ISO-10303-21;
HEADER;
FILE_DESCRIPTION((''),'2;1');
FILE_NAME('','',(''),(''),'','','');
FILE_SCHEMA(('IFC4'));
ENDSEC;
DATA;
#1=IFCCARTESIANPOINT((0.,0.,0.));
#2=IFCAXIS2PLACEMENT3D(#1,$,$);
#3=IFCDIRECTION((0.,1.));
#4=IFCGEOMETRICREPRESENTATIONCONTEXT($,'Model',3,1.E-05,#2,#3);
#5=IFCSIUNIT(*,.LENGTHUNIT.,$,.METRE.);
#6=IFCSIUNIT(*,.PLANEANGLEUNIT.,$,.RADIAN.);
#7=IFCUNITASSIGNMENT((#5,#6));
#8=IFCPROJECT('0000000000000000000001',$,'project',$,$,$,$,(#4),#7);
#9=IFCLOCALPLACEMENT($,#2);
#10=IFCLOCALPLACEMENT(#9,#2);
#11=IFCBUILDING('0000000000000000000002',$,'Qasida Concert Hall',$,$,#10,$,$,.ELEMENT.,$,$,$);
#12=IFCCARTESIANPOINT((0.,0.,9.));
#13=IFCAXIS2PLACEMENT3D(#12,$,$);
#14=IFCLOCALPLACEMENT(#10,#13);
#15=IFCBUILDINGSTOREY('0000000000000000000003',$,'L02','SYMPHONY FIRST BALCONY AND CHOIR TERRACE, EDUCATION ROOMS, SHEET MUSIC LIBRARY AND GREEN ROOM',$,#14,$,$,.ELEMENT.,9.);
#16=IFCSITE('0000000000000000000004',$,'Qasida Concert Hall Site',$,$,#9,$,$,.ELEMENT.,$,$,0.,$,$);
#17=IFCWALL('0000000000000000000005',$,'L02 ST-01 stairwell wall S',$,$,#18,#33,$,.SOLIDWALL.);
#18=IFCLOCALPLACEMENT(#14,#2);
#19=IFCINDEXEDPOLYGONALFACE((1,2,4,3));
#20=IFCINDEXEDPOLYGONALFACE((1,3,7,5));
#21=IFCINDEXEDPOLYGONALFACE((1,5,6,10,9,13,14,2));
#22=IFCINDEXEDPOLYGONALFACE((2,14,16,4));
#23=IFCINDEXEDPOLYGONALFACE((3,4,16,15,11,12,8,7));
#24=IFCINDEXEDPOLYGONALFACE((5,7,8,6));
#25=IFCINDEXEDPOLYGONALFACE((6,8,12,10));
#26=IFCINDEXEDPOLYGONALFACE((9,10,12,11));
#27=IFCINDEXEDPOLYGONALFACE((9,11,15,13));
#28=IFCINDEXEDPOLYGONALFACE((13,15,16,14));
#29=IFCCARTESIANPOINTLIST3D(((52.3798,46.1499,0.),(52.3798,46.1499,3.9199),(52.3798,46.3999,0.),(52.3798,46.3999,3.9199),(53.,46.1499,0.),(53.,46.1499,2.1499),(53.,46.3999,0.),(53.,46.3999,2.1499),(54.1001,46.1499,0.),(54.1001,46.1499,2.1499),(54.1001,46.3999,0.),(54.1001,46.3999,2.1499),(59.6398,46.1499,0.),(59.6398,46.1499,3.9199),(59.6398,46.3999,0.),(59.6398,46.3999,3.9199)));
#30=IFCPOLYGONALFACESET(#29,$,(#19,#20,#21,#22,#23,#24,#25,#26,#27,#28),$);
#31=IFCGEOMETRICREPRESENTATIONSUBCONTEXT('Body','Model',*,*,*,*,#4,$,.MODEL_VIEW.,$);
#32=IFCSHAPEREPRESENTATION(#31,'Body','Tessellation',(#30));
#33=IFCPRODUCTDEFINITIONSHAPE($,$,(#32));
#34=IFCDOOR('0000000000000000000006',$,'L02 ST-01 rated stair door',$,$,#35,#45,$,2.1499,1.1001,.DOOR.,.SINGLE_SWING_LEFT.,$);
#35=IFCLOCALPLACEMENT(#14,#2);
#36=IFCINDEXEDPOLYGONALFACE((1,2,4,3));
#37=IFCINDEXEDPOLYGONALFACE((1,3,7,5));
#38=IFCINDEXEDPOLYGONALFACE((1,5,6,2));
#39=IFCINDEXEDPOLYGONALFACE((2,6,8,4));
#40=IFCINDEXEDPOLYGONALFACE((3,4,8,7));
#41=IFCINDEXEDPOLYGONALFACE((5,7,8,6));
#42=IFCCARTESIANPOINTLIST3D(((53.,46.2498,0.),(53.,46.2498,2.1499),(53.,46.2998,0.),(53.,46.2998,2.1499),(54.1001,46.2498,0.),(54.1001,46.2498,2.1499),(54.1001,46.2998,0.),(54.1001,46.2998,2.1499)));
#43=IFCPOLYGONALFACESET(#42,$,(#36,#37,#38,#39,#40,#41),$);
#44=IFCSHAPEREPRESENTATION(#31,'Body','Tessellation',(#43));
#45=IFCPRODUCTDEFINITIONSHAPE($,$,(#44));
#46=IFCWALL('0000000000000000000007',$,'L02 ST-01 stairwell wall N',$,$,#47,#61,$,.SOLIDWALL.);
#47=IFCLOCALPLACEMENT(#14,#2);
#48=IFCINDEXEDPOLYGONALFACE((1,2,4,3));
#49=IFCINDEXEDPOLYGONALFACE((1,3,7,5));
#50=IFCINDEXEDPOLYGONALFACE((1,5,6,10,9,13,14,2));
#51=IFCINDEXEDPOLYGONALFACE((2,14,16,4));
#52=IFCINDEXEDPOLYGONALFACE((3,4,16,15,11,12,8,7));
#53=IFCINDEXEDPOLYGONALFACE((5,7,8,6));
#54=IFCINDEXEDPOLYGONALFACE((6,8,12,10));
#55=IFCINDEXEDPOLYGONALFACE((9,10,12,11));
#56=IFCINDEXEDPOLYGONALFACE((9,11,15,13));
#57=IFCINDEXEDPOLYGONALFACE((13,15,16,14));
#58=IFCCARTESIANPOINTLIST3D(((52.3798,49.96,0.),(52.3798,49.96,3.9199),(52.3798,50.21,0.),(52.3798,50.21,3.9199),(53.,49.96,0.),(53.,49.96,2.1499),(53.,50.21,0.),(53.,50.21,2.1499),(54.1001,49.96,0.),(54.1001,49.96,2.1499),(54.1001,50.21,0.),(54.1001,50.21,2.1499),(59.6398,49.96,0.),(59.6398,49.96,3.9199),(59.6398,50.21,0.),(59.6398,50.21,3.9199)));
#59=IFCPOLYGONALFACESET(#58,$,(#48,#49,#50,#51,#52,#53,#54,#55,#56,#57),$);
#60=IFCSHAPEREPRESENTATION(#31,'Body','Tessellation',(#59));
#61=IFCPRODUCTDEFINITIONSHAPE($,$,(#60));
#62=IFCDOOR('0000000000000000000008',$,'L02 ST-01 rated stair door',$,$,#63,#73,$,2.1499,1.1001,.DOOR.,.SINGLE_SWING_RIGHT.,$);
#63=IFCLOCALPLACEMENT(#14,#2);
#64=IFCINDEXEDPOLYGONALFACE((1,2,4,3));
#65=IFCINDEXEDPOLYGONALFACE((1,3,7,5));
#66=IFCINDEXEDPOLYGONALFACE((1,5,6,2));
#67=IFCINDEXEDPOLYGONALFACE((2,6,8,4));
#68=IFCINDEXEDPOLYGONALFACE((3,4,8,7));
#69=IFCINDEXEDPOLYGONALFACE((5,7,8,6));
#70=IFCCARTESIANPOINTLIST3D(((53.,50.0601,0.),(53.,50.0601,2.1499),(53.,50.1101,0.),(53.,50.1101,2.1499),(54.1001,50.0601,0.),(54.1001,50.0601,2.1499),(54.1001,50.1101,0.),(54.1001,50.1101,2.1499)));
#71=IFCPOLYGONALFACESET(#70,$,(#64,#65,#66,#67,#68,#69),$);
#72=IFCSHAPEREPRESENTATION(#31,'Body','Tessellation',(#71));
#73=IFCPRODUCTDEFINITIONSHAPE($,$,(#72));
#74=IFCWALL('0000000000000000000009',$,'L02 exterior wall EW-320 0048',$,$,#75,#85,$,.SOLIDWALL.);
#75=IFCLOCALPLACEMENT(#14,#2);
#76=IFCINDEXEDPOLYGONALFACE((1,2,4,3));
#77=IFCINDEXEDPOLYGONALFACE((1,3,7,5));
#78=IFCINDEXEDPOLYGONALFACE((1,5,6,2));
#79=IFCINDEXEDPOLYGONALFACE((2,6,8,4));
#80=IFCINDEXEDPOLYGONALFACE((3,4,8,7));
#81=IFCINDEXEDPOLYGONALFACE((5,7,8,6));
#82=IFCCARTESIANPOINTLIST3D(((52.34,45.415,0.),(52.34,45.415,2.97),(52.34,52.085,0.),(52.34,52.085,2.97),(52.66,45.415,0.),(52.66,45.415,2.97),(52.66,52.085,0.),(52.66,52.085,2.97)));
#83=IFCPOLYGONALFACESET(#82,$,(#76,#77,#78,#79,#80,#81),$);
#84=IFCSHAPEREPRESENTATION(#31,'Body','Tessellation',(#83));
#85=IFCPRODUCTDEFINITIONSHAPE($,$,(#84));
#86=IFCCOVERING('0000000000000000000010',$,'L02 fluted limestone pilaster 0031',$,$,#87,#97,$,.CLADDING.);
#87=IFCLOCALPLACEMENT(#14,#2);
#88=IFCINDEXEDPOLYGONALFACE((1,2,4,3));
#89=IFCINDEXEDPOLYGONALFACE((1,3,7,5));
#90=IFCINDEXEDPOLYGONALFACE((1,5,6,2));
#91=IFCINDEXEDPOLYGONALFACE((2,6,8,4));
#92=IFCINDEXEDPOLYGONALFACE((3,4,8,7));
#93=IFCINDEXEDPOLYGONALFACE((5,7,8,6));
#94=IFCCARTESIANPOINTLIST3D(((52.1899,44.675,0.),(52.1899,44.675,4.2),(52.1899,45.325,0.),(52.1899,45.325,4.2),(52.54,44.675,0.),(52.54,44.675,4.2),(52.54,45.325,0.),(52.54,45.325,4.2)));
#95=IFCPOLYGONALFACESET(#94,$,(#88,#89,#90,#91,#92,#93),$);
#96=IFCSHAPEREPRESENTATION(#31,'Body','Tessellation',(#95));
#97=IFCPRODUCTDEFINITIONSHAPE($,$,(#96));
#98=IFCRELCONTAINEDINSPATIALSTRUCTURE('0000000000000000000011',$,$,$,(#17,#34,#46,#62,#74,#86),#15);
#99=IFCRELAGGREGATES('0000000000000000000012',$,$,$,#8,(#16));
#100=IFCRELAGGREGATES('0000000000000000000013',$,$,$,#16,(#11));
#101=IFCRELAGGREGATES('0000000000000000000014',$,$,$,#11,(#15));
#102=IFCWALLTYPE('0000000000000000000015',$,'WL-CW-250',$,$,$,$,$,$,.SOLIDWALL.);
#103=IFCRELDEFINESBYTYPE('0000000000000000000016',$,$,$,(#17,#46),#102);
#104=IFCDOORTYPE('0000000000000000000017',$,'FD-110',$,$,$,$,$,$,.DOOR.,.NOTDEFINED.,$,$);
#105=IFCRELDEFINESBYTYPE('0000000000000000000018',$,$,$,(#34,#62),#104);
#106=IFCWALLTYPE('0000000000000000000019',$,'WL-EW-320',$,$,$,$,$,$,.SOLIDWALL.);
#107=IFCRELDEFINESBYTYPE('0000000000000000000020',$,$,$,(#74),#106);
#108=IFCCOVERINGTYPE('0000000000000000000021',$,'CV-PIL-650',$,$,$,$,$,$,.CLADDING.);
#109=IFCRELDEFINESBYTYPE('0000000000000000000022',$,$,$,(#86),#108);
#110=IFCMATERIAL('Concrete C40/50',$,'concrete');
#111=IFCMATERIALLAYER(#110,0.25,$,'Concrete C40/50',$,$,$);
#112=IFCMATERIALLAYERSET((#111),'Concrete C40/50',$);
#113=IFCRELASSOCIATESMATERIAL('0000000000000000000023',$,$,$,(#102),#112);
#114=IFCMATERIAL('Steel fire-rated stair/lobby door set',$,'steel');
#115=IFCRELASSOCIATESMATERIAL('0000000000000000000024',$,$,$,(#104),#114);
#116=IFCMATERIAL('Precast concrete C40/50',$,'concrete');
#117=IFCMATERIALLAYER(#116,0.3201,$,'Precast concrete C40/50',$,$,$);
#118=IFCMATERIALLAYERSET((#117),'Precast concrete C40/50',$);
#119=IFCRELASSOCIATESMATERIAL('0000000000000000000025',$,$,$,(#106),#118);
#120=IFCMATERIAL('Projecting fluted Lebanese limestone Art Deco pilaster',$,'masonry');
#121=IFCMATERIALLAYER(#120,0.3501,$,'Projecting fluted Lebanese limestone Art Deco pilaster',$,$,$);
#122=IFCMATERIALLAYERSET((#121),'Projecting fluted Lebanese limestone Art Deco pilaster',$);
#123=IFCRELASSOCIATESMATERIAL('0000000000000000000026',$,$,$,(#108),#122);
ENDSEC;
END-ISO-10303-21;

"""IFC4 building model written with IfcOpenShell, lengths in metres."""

from ifc_helpers import new_model, si_unit, direction, frame, frame_2d, origin, origin_2d, place, context, subcontext, project, spatial, rectangle, extrude, material, layer, layer_set, type_object, element, fill, save


model = new_model("IFC4")

# Units and contexts
model_context = context("Model", 3, precision=1e-05, world=origin(), true_north=direction((0.0, 1.0)))
body_context = subcontext(model_context, "Body", "Model", "MODEL_VIEW")
ifc_project = project(units=[si_unit("LENGTHUNIT", "METRE"), si_unit("PLANEANGLEUNIT", "RADIAN")], contexts=[model_context])

# Site, building, storey
site_placement = place(None, origin())
site = spatial("IfcSite", under=ifc_project, at=site_placement, Name="Qasida Concert Hall Site", CompositionType="ELEMENT", RefElevation=0.0)
building_placement = place(site_placement, origin())
building = spatial("IfcBuilding", under=site, at=building_placement, Name="Qasida Concert Hall", CompositionType="ELEMENT")
storey_placement = place(building_placement, frame((0.0, 0.0, 9.0)))
storey = spatial("IfcBuildingStorey", under=building, at=storey_placement, Name="L02", Description="SYMPHONY FIRST BALCONY AND CHOIR TERRACE, EDUCATION ROOMS, SHEET MUSIC LIBRARY AND GREEN ROOM", CompositionType="ELEMENT", Elevation=9.0)

# Shared definitions
ifc_material_1 = material(Name="Concrete C40/50", Category="concrete")

# Walls, openings, doors
ifc_layer_1 = layer(ifc_material_1, 0.25, Name="Concrete C40/50")
ifc_layer_set_1 = layer_set([ifc_layer_1], Name="Concrete C40/50")
wall_type_1 = type_object("IfcWallType", Name="WL-CW-250", PredefinedType="SOLIDWALL", material=ifc_layer_set_1)
wall_1_placement = place(storey_placement, frame((52.3799, 46.2749, 0.0), z_axis=(0.0, 0.0, 1.0), x_axis=(1.0, 0.0, 0.0)))
wall_1 = element("IfcWall", 1, at=wall_1_placement, inside=storey, type_object=wall_type_1, Name="L02 ST-01 stairwell wall S", PredefinedType="SOLIDWALL", context=body_context, shape_type="SweptSolid", body=[
    extrude(rectangle(XDim=7.26, YDim=0.25, at=frame_2d((3.6299, 0.0))), origin(), (0.0, 0.0, 1.0), 3.9199),
])
opening_1_placement = place(wall_1_placement, frame((0.6201, 0.0, 0.0)))
opening_1 = element("IfcOpeningElement", 2, at=opening_1_placement, cuts=wall_1, PredefinedType="OPENING", context=body_context, shape_type="SweptSolid", body=[
    extrude(rectangle(XDim=1.1001, YDim=2.1499, at=frame_2d((0.55, 1.075))), frame((0.0, 0.135, 0.0), z_axis=(0.0, -1.0, 0.0), x_axis=(1.0, 0.0, 0.0)), (0.0, 0.0, 1.0), 0.27),
])
ifc_material_2 = material(Name="Steel fire-rated stair/lobby door set", Category="steel")
door_type = type_object("IfcDoorType", Name="FD-110", OperationType="NOTDEFINED", PredefinedType="DOOR", material=ifc_material_2)
door_1_placement = place(opening_1_placement, origin())
door_1 = element("IfcDoor", 3, at=door_1_placement, inside=storey, type_object=door_type, Name="L02 ST-01 rated stair door", OperationType="SINGLE_SWING_LEFT", OverallHeight=2.1499, OverallWidth=1.1001, PredefinedType="DOOR", context=body_context, shape_type="SweptSolid", body=[
    extrude(rectangle(XDim=1.1001, YDim=2.1499, at=frame_2d((0.55, 1.075))), frame((0.0, 0.0249, 0.0), z_axis=(0.0, -1.0, 0.0), x_axis=(1.0, 0.0, 0.0)), (0.0, 0.0, 1.0), 0.05),
])
fill(opening_1, door_1)
wall_2_placement = place(storey_placement, frame((52.3799, 50.085, 0.0), z_axis=(0.0, 0.0, 1.0), x_axis=(1.0, 0.0, 0.0)))
wall_2 = element("IfcWall", 4, at=wall_2_placement, inside=storey, type_object=wall_type_1, Name="L02 ST-01 stairwell wall N", PredefinedType="SOLIDWALL", context=body_context, shape_type="SweptSolid", body=[
    extrude(rectangle(XDim=7.26, YDim=0.25, at=frame_2d((3.6299, 0.0))), origin(), (0.0, 0.0, 1.0), 3.9199),
])
opening_2_placement = place(wall_2_placement, frame((0.6201, 0.0, 0.0)))
opening_2 = element("IfcOpeningElement", 5, at=opening_2_placement, cuts=wall_2, PredefinedType="OPENING", context=body_context, shape_type="SweptSolid", body=[
    extrude(rectangle(XDim=1.1001, YDim=2.1499, at=frame_2d((0.55, 1.075))), frame((0.0, 0.135, 0.0), z_axis=(0.0, -1.0, 0.0), x_axis=(1.0, 0.0, 0.0)), (0.0, 0.0, 1.0), 0.27),
])
door_2_placement = place(opening_2_placement, frame((1.1001, 0.0, 0.0), z_axis=(0.0, 0.0, 1.0), x_axis=(-1.0, 0.0, 0.0)))
door_2 = element("IfcDoor", 6, at=door_2_placement, inside=storey, type_object=door_type, Name="L02 ST-01 rated stair door", OperationType="SINGLE_SWING_RIGHT", OverallHeight=2.1499, OverallWidth=1.1001, PredefinedType="DOOR", context=body_context, shape_type="SweptSolid", body=[
    extrude(rectangle(XDim=1.1001, YDim=2.1499, at=frame_2d((0.55, 1.075))), frame((0.0, 0.0249, 0.0), z_axis=(0.0, -1.0, 0.0), x_axis=(1.0, 0.0, 0.0)), (0.0, 0.0, 1.0), 0.05),
])
fill(opening_2, door_2)

# Wall
ifc_material_3 = material(Name="Precast concrete C40/50", Category="concrete")
ifc_layer_2 = layer(ifc_material_3, 0.3201, Name="Precast concrete C40/50")
ifc_layer_set_2 = layer_set([ifc_layer_2], Name="Precast concrete C40/50")
wall_type_2 = type_object("IfcWallType", Name="WL-EW-320", PredefinedType="SOLIDWALL", material=ifc_layer_set_2)
wall_3_placement = place(storey_placement, frame((52.5, 45.415, 0.0), z_axis=(0.0, 0.0, 1.0), x_axis=(0.0, 1.0, 0.0)))
element("IfcWall", 7, at=wall_3_placement, inside=storey, type_object=wall_type_2, Name="L02 exterior wall EW-320 0048", PredefinedType="SOLIDWALL", context=body_context, shape_type="SweptSolid", body=[
    extrude(rectangle(XDim=6.6699, YDim=0.3201, at=frame_2d((3.335, 0.0))), origin(), (0.0, 0.0, 1.0), 2.97),
])

# Covering
ifc_material_4 = material(Name="Projecting fluted Lebanese limestone Art Deco pilaster", Category="masonry")
ifc_layer_3 = layer(ifc_material_4, 0.3501, Name="Projecting fluted Lebanese limestone Art Deco pilaster")
ifc_layer_set_3 = layer_set([ifc_layer_3], Name="Projecting fluted Lebanese limestone Art Deco pilaster")
covering_type = type_object("IfcCoveringType", Name="CV-PIL-650", PredefinedType="CLADDING", material=ifc_layer_set_3)
covering_placement = place(storey_placement, frame((52.365, 45.0, 0.0), z_axis=(0.0, 0.0, 1.0), x_axis=(1.0, 0.0, 0.0)))
element("IfcCovering", 8, at=covering_placement, inside=storey, type_object=covering_type, Name="L02 fluted limestone pilaster 0031", PredefinedType="CLADDING", context=body_context, shape_type="SweptSolid", body=[
    extrude(rectangle(XDim=0.3501, YDim=0.6499, at=origin_2d()), origin(), (0.0, 0.0, 1.0), 4.2),
])

save(model, "model.ifc")
